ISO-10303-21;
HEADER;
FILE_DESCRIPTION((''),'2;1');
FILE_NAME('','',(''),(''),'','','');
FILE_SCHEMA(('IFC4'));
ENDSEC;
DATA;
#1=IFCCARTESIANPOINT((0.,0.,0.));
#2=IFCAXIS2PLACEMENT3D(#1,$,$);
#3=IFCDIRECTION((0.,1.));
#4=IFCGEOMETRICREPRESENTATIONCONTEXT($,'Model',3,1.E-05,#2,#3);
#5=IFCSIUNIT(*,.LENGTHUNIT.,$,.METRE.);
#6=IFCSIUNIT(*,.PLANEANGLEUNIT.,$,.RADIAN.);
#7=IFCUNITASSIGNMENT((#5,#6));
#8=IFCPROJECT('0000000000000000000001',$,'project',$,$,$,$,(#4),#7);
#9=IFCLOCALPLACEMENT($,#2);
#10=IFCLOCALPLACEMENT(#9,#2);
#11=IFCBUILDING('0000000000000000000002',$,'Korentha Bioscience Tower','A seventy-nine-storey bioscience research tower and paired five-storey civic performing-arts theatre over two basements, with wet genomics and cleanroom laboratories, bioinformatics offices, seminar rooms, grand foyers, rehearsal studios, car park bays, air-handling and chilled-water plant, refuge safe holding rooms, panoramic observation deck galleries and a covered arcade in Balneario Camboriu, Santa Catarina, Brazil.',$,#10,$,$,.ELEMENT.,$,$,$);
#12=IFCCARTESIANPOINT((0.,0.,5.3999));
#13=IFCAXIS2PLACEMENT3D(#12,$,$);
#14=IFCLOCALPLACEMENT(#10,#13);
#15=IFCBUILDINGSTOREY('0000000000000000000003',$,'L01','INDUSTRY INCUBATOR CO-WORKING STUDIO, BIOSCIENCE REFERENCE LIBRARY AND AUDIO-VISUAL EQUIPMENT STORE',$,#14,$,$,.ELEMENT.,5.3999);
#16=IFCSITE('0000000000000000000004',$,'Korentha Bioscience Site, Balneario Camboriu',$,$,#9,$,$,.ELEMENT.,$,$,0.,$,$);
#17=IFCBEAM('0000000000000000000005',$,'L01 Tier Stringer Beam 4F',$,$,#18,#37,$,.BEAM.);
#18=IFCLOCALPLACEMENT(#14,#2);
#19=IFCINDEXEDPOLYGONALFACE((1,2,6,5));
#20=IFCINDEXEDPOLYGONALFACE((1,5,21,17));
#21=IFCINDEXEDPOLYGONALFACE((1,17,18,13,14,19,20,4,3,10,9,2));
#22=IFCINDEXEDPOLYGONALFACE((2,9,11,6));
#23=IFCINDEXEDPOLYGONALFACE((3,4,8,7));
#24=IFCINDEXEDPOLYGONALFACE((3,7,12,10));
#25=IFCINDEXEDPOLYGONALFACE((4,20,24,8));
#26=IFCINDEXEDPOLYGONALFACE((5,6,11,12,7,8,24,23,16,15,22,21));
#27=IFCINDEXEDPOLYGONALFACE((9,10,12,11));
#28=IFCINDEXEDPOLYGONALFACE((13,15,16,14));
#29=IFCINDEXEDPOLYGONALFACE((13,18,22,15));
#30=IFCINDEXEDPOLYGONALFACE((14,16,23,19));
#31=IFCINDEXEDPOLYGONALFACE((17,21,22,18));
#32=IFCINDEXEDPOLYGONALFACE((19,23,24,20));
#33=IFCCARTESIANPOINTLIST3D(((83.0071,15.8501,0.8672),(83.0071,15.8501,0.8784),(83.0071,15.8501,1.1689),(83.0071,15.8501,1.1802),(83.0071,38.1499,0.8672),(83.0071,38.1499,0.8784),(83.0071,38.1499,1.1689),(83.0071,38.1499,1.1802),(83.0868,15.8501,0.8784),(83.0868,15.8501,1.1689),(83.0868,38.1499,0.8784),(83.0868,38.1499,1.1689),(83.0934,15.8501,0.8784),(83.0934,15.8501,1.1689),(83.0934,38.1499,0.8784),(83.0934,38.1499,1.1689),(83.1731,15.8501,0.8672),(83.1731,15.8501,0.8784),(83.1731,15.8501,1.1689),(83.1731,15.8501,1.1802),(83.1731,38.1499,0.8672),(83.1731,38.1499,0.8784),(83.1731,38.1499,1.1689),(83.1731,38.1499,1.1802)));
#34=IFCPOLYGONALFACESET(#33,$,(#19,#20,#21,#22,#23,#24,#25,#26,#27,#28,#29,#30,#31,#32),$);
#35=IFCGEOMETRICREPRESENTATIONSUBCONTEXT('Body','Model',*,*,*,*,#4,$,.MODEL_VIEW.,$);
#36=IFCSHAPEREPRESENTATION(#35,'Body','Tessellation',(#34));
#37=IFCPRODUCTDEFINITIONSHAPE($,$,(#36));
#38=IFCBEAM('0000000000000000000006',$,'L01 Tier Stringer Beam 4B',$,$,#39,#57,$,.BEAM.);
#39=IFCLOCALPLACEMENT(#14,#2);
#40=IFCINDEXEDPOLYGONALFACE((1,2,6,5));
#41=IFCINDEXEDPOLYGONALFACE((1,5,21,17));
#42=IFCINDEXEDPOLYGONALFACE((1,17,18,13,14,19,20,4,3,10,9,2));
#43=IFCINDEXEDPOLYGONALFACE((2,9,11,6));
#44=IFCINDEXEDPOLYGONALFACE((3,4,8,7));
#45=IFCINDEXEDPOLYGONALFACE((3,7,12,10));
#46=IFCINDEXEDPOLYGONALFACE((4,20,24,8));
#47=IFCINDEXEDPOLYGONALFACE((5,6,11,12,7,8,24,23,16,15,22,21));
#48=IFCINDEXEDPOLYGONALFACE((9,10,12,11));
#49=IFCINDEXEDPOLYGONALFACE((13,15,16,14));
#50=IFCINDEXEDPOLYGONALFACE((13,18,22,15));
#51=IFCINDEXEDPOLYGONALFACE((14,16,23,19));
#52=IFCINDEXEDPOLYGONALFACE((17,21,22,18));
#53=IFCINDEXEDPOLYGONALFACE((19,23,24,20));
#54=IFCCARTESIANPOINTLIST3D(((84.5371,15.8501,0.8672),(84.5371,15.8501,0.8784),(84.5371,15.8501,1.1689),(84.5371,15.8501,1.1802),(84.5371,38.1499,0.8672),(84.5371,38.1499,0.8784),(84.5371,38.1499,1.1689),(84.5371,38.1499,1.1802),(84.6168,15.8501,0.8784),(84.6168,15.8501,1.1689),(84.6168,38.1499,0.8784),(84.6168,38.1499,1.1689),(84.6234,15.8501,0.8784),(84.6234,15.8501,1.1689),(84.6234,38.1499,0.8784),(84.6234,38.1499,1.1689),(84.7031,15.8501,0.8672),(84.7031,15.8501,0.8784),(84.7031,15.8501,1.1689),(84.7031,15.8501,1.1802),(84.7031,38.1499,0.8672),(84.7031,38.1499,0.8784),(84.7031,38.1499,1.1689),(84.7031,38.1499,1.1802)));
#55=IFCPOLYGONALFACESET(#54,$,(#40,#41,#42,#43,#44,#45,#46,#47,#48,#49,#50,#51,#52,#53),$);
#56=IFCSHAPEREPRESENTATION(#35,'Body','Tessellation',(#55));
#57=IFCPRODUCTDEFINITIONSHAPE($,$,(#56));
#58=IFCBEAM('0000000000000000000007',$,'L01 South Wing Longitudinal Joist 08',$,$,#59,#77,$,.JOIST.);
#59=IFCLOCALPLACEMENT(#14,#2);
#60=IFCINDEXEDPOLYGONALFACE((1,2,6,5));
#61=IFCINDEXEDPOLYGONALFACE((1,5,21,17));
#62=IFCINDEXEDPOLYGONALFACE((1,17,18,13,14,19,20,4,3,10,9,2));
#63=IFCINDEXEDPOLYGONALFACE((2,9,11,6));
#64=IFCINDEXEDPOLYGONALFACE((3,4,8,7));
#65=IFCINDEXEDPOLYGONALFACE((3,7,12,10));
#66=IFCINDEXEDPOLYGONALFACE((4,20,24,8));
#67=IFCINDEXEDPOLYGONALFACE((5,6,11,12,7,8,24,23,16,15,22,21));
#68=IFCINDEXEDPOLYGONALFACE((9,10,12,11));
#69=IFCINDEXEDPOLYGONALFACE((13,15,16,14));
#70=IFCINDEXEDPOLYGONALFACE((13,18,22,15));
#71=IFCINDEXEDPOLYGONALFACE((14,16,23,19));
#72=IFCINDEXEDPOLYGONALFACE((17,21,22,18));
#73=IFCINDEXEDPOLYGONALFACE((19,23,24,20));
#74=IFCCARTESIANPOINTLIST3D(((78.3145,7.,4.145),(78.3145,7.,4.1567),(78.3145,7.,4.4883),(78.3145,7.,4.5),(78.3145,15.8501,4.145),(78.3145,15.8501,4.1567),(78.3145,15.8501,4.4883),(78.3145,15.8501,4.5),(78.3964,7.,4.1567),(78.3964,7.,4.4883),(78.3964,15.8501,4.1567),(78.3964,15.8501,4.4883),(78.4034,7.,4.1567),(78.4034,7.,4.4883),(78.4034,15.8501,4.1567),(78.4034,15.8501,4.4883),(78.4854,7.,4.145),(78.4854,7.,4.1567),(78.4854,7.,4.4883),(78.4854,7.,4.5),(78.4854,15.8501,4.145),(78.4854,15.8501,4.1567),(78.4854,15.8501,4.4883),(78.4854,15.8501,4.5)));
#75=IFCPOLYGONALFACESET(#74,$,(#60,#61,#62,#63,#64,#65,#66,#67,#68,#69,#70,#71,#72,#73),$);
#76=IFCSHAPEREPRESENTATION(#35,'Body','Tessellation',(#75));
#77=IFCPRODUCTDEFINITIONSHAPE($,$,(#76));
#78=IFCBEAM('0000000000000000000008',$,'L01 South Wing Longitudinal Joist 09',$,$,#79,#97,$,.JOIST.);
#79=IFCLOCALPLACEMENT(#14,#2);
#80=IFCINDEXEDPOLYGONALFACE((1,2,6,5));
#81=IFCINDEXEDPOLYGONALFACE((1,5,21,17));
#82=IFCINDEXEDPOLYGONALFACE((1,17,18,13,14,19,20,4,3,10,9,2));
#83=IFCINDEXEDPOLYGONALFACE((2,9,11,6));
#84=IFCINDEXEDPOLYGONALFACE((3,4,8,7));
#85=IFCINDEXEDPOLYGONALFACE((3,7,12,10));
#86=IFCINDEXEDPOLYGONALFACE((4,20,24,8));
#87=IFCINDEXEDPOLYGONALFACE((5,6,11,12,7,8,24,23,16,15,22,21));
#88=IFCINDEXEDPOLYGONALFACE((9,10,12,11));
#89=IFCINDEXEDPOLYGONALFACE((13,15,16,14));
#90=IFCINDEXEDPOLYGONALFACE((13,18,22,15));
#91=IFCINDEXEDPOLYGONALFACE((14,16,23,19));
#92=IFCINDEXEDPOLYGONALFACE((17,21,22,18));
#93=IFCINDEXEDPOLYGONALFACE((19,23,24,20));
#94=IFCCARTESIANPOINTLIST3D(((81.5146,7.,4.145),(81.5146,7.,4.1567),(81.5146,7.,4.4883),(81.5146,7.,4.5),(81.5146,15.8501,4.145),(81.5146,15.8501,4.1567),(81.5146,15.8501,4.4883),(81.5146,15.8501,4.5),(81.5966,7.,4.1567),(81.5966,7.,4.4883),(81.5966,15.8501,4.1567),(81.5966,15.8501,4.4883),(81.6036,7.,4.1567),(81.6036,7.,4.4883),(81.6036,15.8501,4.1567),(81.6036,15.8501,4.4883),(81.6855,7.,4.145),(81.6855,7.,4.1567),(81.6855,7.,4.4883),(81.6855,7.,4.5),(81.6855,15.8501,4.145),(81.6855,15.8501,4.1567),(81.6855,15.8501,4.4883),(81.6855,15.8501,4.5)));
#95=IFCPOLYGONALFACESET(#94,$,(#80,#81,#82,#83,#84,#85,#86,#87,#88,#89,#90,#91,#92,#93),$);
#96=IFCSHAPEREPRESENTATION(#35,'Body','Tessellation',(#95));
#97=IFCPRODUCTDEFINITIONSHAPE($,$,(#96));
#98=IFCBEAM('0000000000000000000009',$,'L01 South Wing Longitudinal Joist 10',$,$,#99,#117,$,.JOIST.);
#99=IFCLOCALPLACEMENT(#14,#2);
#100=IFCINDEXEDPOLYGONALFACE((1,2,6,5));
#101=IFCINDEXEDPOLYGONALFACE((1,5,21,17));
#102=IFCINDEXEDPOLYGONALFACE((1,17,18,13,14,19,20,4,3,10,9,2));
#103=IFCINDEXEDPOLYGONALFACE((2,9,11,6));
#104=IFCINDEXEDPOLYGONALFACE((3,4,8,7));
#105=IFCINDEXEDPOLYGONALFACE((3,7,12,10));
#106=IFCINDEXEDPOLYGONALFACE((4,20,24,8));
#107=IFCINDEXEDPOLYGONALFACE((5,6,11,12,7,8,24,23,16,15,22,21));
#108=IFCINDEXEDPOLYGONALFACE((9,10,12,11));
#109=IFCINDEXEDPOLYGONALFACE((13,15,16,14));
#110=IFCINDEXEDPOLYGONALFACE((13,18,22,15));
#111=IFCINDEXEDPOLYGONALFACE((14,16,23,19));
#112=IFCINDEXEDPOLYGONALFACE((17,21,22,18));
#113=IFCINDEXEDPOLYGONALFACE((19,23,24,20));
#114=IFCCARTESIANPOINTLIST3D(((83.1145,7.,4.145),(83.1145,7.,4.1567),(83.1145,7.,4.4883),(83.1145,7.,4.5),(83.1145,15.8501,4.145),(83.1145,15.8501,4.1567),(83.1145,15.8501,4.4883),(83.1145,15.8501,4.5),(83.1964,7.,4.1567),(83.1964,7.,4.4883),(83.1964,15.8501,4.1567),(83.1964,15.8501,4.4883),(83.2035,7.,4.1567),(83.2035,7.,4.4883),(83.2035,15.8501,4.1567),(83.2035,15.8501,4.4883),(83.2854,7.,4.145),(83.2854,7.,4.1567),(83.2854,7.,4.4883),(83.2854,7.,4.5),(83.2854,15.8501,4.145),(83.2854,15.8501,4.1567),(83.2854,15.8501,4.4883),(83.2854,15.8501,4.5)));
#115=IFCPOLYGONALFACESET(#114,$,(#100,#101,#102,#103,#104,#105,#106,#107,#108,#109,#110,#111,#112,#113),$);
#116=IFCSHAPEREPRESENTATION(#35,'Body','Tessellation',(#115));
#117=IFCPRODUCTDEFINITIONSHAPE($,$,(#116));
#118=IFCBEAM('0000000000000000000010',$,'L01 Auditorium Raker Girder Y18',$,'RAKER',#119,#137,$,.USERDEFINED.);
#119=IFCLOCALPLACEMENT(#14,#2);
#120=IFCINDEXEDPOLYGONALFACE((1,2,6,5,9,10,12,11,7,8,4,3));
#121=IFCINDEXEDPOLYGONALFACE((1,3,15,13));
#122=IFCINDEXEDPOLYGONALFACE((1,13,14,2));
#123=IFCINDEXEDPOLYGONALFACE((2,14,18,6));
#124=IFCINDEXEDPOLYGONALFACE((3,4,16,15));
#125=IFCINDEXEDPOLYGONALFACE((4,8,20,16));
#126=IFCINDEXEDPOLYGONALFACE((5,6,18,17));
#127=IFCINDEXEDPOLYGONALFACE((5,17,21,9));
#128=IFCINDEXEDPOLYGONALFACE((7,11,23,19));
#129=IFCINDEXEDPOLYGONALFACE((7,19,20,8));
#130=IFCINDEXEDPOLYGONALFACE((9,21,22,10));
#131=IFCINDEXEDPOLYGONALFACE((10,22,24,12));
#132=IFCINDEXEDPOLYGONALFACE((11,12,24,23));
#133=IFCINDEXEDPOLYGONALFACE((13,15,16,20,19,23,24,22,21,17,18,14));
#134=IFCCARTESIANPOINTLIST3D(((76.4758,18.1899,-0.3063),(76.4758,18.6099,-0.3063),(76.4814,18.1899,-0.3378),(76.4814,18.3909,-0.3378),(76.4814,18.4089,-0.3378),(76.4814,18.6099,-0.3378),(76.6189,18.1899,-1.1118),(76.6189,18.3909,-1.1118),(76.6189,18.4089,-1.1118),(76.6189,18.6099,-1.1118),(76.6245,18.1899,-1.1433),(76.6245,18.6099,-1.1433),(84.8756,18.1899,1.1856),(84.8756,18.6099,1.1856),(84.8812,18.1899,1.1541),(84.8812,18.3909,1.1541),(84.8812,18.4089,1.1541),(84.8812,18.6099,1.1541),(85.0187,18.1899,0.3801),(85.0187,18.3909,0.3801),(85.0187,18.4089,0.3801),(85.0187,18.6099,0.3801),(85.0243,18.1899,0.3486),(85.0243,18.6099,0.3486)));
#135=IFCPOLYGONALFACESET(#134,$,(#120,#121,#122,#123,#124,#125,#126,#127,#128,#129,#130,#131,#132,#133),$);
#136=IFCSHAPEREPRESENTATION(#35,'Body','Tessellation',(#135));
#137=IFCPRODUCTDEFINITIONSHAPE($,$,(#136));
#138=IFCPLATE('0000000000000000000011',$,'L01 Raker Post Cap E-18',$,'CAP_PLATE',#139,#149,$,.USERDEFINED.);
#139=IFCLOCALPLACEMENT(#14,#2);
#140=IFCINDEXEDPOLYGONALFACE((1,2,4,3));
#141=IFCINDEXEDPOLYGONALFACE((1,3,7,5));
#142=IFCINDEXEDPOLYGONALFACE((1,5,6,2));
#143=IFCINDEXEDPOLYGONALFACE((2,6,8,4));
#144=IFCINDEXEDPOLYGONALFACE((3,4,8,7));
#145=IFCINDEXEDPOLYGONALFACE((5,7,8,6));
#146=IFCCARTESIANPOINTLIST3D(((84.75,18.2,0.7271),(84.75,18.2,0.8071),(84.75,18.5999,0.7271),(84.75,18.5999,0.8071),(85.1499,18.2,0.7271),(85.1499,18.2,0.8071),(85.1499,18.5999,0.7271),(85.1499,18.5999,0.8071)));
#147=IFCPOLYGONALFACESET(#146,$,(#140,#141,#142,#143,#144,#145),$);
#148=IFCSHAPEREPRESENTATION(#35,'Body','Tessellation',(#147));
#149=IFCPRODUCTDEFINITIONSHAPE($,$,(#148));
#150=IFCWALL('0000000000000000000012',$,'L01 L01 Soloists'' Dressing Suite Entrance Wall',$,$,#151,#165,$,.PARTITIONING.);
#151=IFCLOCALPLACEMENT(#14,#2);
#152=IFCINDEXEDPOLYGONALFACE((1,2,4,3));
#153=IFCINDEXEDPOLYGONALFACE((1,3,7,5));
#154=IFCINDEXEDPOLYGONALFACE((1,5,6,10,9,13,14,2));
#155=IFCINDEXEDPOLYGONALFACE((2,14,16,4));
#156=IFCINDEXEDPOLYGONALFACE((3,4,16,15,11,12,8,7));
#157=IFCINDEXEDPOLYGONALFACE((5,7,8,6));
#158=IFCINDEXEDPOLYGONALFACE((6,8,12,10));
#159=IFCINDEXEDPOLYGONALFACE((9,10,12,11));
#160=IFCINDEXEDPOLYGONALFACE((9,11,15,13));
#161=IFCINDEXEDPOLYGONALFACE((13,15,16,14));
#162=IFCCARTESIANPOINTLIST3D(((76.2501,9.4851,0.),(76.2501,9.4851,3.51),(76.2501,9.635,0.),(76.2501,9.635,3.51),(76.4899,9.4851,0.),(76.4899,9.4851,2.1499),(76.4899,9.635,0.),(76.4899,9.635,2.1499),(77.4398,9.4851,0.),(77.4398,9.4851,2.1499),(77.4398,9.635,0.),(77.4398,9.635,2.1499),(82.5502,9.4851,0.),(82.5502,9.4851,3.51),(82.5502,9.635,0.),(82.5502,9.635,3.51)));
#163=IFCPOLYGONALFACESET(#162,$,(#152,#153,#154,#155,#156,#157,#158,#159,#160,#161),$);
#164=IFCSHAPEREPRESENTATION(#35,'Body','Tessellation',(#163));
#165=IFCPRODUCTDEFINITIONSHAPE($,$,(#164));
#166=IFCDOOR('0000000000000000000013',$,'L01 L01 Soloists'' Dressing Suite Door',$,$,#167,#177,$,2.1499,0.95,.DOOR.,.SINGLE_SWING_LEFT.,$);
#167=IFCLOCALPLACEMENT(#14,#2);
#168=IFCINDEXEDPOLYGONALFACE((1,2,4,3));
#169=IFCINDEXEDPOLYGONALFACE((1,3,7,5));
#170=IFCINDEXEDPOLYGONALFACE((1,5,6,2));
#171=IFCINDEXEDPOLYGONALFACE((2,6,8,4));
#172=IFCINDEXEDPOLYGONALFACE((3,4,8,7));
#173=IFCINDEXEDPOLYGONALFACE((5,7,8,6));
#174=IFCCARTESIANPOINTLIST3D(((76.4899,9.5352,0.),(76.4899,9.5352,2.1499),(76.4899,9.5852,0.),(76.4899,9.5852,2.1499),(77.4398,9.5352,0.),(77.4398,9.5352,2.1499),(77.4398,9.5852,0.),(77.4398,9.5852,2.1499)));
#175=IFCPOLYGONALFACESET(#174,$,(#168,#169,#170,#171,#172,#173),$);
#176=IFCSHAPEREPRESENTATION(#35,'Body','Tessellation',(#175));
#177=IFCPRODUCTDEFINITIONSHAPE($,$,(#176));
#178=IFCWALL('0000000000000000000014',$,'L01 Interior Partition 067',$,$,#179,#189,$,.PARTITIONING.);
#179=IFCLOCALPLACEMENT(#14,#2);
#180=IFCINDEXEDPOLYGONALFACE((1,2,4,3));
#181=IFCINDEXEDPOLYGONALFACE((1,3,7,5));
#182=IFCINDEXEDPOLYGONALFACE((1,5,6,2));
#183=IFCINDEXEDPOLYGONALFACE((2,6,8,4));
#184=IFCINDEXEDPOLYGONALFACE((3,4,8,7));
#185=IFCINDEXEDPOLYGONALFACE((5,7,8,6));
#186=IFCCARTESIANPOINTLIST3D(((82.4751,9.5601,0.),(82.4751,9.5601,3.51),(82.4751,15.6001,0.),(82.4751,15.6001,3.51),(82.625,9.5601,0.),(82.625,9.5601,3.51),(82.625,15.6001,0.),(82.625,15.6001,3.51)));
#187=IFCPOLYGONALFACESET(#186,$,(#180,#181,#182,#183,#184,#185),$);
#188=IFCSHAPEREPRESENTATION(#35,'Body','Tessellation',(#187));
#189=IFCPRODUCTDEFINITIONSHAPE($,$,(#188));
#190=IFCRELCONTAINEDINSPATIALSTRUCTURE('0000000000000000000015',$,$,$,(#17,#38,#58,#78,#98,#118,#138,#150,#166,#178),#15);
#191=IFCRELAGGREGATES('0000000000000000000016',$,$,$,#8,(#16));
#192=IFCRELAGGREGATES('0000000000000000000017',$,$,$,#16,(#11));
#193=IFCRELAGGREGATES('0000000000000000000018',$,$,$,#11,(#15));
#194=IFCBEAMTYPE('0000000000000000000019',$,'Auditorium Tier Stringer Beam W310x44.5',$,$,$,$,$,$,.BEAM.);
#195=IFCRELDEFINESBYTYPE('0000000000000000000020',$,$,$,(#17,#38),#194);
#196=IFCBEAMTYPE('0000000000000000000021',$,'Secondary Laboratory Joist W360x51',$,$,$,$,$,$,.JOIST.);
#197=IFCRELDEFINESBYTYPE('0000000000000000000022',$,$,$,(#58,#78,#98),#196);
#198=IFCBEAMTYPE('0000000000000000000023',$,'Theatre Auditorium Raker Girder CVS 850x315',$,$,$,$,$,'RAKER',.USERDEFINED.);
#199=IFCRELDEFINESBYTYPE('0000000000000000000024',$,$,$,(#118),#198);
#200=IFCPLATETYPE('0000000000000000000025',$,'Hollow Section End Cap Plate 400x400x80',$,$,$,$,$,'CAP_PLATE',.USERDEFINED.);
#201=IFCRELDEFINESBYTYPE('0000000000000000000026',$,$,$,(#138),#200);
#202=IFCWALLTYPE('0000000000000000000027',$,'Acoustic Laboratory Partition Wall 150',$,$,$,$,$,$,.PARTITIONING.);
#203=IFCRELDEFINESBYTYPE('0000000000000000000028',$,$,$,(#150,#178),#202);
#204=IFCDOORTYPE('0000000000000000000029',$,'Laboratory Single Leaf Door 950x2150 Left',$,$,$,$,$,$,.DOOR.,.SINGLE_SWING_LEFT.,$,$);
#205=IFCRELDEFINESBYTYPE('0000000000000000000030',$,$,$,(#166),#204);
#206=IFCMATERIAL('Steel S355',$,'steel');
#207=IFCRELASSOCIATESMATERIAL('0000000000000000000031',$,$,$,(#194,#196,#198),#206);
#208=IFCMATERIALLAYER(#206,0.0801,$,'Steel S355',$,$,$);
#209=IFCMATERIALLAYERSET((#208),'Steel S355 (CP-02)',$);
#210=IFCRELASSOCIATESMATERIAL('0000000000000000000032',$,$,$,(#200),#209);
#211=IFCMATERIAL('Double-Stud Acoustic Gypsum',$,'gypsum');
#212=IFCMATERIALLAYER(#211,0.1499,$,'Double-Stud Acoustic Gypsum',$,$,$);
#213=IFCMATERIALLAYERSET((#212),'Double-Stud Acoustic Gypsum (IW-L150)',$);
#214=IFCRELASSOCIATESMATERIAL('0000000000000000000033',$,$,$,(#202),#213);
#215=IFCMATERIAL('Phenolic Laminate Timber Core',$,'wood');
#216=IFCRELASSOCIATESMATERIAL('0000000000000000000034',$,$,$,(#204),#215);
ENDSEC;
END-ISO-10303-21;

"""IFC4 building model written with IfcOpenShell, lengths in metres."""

from ifc_helpers import new_model, si_unit, direction, frame, frame_2d, origin, origin_2d, place, context, subcontext, project, spatial, rectangle, i_section, extrude, material, layer, layer_set, material_profile, profile_set, type_object, element, fill, save


model = new_model("IFC4")

# Units and contexts
model_context = context("Model", 3, precision=1e-05, world=origin(), true_north=direction((0.0, 1.0)))
body_context = subcontext(model_context, "Body", "Model", "MODEL_VIEW")
ifc_project = project(units=[si_unit("LENGTHUNIT", "METRE"), si_unit("PLANEANGLEUNIT", "RADIAN")], contexts=[model_context])

# Site, building, storey
site_placement = place(None, origin())
site = spatial("IfcSite", under=ifc_project, at=site_placement, Name="Korentha Bioscience Site, Balneario Camboriu", CompositionType="ELEMENT", RefElevation=0.0)
building_placement = place(site_placement, origin())
building = spatial("IfcBuilding", under=site, at=building_placement, Name="Korentha Bioscience Tower", Description="A seventy-nine-storey bioscience research tower and paired five-storey civic performing-arts theatre over two basements, with wet genomics and cleanroom laboratories, bioinformatics offices, seminar rooms, grand foyers, rehearsal studios, car park bays, air-handling and chilled-water plant, refuge safe holding rooms, panoramic observation deck galleries and a covered arcade in Balneario Camboriu, Santa Catarina, Brazil.", CompositionType="ELEMENT")
storey_placement = place(building_placement, frame((0.0, 0.0, 5.3999)))
storey = spatial("IfcBuildingStorey", under=building, at=storey_placement, Name="L01", Description="INDUSTRY INCUBATOR CO-WORKING STUDIO, BIOSCIENCE REFERENCE LIBRARY AND AUDIO-VISUAL EQUIPMENT STORE", CompositionType="ELEMENT", Elevation=5.3999)

# Shared definitions
ifc_material_1 = material(Name="Steel S355", Category="steel")

# Beams
ifc_material_profile_1 = material_profile(ifc_material_1, i_section(OverallWidth=0.166, OverallDepth=0.313, WebThickness=0.0066, FlangeThickness=0.0112, at=origin_2d()), Name="Steel S355")
ifc_profile_set_1 = profile_set([ifc_material_profile_1], Name="Steel S355 (TS-310)")
beam_type_1 = type_object("IfcBeamType", Name="Auditorium Tier Stringer Beam W310x44.5", PredefinedType="BEAM", material=ifc_profile_set_1)
for number, where, z_axis, x_axis, name in (
    (1, (83.0901, 15.8501, 1.0237), (0.0, 1.0, 0.0), (-1.0, 0.0, 0.0), "L01 Tier Stringer Beam 4F"),
    (2, (84.6201, 15.8501, 1.0237), (0.0, 1.0, 0.0), (-1.0, 0.0, 0.0), "L01 Tier Stringer Beam 4B"),
):
    element("IfcBeam", number, at=place(storey_placement, frame(where, z_axis=z_axis, x_axis=x_axis)), inside=storey, type_object=beam_type_1, Name=name, PredefinedType="BEAM", context=body_context, shape_type="SweptSolid", body=[
        extrude(i_section(OverallWidth=0.166, OverallDepth=0.313, WebThickness=0.0066, FlangeThickness=0.0112, at=origin_2d()), origin(), (0.0, 0.0, 1.0), 22.2998),
    ])
ifc_material_profile_2 = material_profile(ifc_material_1, i_section(OverallWidth=0.1709, OverallDepth=0.355, WebThickness=0.0071, FlangeThickness=0.0117, at=origin_2d()), Name="Steel S355")
ifc_profile_set_2 = profile_set([ifc_material_profile_2], Name="Steel S355 (JB-360)")
beam_type_2 = type_object("IfcBeamType", Name="Secondary Laboratory Joist W360x51", PredefinedType="JOIST", material=ifc_profile_set_2)
for number, where, z_axis, x_axis, name in (
    (3, (78.3999, 7.0, 4.3225), (0.0, 1.0, 0.0), (-1.0, 0.0, 0.0), "L01 South Wing Longitudinal Joist 08"),
    (4, (81.6001, 7.0, 4.3225), (0.0, 1.0, 0.0), (-1.0, 0.0, 0.0), "L01 South Wing Longitudinal Joist 09"),
    (5, (83.2, 7.0, 4.3225), (0.0, 1.0, 0.0), (-1.0, 0.0, 0.0), "L01 South Wing Longitudinal Joist 10"),
):
    element("IfcBeam", number, at=place(storey_placement, frame(where, z_axis=z_axis, x_axis=x_axis)), inside=storey, type_object=beam_type_2, Name=name, PredefinedType="JOIST", context=body_context, shape_type="SweptSolid", body=[
        extrude(i_section(OverallWidth=0.1709, OverallDepth=0.355, WebThickness=0.0071, FlangeThickness=0.0117, at=origin_2d()), origin(), (0.0, 0.0, 1.0), 8.8501),
    ])
ifc_material_profile_3 = material_profile(ifc_material_1, i_section(OverallWidth=0.4199, OverallDepth=0.8501, WebThickness=0.0181, FlangeThickness=0.032, at=origin_2d()), Name="Steel S355")
ifc_profile_set_3 = profile_set([ifc_material_profile_3], Name="Steel S355 (TR-850)")
beam_type_3 = type_object("IfcBeamType", Name="Theatre Auditorium Raker Girder CVS 850x315", ElementType="RAKER", PredefinedType="USERDEFINED", material=ifc_profile_set_3)
beam_placement = place(storey_placement, frame((84.95, 18.3999, 0.7671), z_axis=(-0.98459, 0.0, -0.174877), x_axis=(0.0, -1.0, 0.0)))
element("IfcBeam", 6, at=beam_placement, inside=storey, type_object=beam_type_3, Name="L01 Auditorium Raker Girder Y18", ObjectType="RAKER", PredefinedType="USERDEFINED", context=body_context, shape_type="SweptSolid", body=[
    extrude(i_section(OverallWidth=0.4199, OverallDepth=0.8501, WebThickness=0.0181, FlangeThickness=0.032, at=origin_2d()), origin(), (0.0, 0.0, 1.0), 8.5312),
])

# Plate
ifc_layer_1 = layer(ifc_material_1, 0.0801, Name="Steel S355")
ifc_layer_set_1 = layer_set([ifc_layer_1], Name="Steel S355 (CP-02)")
plate_type = type_object("IfcPlateType", Name="Hollow Section End Cap Plate 400x400x80", ElementType="CAP_PLATE", PredefinedType="USERDEFINED", material=ifc_layer_set_1)
plate_placement = place(storey_placement, frame((84.95, 18.3999, 0.7271), z_axis=(0.0, 0.0, 1.0), x_axis=(1.0, 0.0, 0.0)))
element("IfcPlate", 7, at=plate_placement, inside=storey, type_object=plate_type, Name="L01 Raker Post Cap E-18", ObjectType="CAP_PLATE", PredefinedType="USERDEFINED", context=body_context, shape_type="SweptSolid", body=[
    extrude(rectangle(XDim=0.3999, YDim=0.3999, at=origin_2d()), origin(), (0.0, 0.0, 1.0), 0.0801),
])

# Wall, opening, door
ifc_material_2 = material(Name="Double-Stud Acoustic Gypsum", Category="gypsum")
ifc_layer_2 = layer(ifc_material_2, 0.1499, Name="Double-Stud Acoustic Gypsum")
ifc_layer_set_2 = layer_set([ifc_layer_2], Name="Double-Stud Acoustic Gypsum (IW-L150)")
wall_type_1 = type_object("IfcWallType", Name="Acoustic Laboratory Partition Wall 150", PredefinedType="PARTITIONING", material=ifc_layer_set_2)
wall_1_placement = place(storey_placement, frame((82.55, 9.5601, 0.0), z_axis=(0.0, 0.0, 1.0), x_axis=(-1.0, 0.0, 0.0)))
wall_1 = element("IfcWall", 8, at=wall_1_placement, inside=storey, type_object=wall_type_1, Name="L01 L01 Soloists' Dressing Suite Entrance Wall", PredefinedType="PARTITIONING", context=body_context, shape_type="SweptSolid", body=[
    extrude(rectangle(XDim=6.3, YDim=0.1499, at=frame_2d((3.1499, 0.0))), origin(), (0.0, 0.0, 1.0), 3.51),
])
opening_placement = place(wall_1_placement, frame((5.1101, 0.0, 0.0)))
opening = element("IfcOpeningElement", 9, at=opening_placement, cuts=wall_1, PredefinedType="OPENING", context=body_context, shape_type="SweptSolid", body=[
    extrude(rectangle(XDim=0.95, YDim=2.1499, at=frame_2d((0.4751, 1.075))), frame((0.0, 0.0898, 0.0), z_axis=(0.0, -1.0, 0.0), x_axis=(1.0, 0.0, 0.0)), (0.0, 0.0, 1.0), 0.1797),
])
ifc_material_3 = material(Name="Phenolic Laminate Timber Core", Category="wood")
door_type = type_object("IfcDoorType", Name="Laboratory Single Leaf Door 950x2150 Left", OperationType="SINGLE_SWING_LEFT", PredefinedType="DOOR", material=ifc_material_3)
door_placement = place(opening_placement, origin())
door = element("IfcDoor", 10, at=door_placement, inside=storey, type_object=door_type, Name="L01 L01 Soloists' Dressing Suite Door", OperationType="SINGLE_SWING_LEFT", OverallHeight=2.1499, OverallWidth=0.95, PredefinedType="DOOR", context=body_context, shape_type="SweptSolid", body=[
    extrude(rectangle(XDim=0.95, YDim=2.1499, at=frame_2d((0.4751, 1.075))), frame((0.0, 0.0249, 0.0), z_axis=(0.0, -1.0, 0.0), x_axis=(1.0, 0.0, 0.0)), (0.0, 0.0, 1.0), 0.05),
])
fill(opening, door)

# Wall
wall_2_placement = place(storey_placement, frame((82.55, 15.6001, 0.0), z_axis=(0.0, 0.0, 1.0), x_axis=(0.0, -1.0, 0.0)))
element("IfcWall", 11, at=wall_2_placement, inside=storey, type_object=wall_type_1, Name="L01 Interior Partition 067", PredefinedType="PARTITIONING", context=body_context, shape_type="SweptSolid", body=[
    extrude(rectangle(XDim=6.04, YDim=0.1499, at=frame_2d((3.02, 0.0))), origin(), (0.0, 0.0, 1.0), 3.51),
])

save(model, "model.ifc")
